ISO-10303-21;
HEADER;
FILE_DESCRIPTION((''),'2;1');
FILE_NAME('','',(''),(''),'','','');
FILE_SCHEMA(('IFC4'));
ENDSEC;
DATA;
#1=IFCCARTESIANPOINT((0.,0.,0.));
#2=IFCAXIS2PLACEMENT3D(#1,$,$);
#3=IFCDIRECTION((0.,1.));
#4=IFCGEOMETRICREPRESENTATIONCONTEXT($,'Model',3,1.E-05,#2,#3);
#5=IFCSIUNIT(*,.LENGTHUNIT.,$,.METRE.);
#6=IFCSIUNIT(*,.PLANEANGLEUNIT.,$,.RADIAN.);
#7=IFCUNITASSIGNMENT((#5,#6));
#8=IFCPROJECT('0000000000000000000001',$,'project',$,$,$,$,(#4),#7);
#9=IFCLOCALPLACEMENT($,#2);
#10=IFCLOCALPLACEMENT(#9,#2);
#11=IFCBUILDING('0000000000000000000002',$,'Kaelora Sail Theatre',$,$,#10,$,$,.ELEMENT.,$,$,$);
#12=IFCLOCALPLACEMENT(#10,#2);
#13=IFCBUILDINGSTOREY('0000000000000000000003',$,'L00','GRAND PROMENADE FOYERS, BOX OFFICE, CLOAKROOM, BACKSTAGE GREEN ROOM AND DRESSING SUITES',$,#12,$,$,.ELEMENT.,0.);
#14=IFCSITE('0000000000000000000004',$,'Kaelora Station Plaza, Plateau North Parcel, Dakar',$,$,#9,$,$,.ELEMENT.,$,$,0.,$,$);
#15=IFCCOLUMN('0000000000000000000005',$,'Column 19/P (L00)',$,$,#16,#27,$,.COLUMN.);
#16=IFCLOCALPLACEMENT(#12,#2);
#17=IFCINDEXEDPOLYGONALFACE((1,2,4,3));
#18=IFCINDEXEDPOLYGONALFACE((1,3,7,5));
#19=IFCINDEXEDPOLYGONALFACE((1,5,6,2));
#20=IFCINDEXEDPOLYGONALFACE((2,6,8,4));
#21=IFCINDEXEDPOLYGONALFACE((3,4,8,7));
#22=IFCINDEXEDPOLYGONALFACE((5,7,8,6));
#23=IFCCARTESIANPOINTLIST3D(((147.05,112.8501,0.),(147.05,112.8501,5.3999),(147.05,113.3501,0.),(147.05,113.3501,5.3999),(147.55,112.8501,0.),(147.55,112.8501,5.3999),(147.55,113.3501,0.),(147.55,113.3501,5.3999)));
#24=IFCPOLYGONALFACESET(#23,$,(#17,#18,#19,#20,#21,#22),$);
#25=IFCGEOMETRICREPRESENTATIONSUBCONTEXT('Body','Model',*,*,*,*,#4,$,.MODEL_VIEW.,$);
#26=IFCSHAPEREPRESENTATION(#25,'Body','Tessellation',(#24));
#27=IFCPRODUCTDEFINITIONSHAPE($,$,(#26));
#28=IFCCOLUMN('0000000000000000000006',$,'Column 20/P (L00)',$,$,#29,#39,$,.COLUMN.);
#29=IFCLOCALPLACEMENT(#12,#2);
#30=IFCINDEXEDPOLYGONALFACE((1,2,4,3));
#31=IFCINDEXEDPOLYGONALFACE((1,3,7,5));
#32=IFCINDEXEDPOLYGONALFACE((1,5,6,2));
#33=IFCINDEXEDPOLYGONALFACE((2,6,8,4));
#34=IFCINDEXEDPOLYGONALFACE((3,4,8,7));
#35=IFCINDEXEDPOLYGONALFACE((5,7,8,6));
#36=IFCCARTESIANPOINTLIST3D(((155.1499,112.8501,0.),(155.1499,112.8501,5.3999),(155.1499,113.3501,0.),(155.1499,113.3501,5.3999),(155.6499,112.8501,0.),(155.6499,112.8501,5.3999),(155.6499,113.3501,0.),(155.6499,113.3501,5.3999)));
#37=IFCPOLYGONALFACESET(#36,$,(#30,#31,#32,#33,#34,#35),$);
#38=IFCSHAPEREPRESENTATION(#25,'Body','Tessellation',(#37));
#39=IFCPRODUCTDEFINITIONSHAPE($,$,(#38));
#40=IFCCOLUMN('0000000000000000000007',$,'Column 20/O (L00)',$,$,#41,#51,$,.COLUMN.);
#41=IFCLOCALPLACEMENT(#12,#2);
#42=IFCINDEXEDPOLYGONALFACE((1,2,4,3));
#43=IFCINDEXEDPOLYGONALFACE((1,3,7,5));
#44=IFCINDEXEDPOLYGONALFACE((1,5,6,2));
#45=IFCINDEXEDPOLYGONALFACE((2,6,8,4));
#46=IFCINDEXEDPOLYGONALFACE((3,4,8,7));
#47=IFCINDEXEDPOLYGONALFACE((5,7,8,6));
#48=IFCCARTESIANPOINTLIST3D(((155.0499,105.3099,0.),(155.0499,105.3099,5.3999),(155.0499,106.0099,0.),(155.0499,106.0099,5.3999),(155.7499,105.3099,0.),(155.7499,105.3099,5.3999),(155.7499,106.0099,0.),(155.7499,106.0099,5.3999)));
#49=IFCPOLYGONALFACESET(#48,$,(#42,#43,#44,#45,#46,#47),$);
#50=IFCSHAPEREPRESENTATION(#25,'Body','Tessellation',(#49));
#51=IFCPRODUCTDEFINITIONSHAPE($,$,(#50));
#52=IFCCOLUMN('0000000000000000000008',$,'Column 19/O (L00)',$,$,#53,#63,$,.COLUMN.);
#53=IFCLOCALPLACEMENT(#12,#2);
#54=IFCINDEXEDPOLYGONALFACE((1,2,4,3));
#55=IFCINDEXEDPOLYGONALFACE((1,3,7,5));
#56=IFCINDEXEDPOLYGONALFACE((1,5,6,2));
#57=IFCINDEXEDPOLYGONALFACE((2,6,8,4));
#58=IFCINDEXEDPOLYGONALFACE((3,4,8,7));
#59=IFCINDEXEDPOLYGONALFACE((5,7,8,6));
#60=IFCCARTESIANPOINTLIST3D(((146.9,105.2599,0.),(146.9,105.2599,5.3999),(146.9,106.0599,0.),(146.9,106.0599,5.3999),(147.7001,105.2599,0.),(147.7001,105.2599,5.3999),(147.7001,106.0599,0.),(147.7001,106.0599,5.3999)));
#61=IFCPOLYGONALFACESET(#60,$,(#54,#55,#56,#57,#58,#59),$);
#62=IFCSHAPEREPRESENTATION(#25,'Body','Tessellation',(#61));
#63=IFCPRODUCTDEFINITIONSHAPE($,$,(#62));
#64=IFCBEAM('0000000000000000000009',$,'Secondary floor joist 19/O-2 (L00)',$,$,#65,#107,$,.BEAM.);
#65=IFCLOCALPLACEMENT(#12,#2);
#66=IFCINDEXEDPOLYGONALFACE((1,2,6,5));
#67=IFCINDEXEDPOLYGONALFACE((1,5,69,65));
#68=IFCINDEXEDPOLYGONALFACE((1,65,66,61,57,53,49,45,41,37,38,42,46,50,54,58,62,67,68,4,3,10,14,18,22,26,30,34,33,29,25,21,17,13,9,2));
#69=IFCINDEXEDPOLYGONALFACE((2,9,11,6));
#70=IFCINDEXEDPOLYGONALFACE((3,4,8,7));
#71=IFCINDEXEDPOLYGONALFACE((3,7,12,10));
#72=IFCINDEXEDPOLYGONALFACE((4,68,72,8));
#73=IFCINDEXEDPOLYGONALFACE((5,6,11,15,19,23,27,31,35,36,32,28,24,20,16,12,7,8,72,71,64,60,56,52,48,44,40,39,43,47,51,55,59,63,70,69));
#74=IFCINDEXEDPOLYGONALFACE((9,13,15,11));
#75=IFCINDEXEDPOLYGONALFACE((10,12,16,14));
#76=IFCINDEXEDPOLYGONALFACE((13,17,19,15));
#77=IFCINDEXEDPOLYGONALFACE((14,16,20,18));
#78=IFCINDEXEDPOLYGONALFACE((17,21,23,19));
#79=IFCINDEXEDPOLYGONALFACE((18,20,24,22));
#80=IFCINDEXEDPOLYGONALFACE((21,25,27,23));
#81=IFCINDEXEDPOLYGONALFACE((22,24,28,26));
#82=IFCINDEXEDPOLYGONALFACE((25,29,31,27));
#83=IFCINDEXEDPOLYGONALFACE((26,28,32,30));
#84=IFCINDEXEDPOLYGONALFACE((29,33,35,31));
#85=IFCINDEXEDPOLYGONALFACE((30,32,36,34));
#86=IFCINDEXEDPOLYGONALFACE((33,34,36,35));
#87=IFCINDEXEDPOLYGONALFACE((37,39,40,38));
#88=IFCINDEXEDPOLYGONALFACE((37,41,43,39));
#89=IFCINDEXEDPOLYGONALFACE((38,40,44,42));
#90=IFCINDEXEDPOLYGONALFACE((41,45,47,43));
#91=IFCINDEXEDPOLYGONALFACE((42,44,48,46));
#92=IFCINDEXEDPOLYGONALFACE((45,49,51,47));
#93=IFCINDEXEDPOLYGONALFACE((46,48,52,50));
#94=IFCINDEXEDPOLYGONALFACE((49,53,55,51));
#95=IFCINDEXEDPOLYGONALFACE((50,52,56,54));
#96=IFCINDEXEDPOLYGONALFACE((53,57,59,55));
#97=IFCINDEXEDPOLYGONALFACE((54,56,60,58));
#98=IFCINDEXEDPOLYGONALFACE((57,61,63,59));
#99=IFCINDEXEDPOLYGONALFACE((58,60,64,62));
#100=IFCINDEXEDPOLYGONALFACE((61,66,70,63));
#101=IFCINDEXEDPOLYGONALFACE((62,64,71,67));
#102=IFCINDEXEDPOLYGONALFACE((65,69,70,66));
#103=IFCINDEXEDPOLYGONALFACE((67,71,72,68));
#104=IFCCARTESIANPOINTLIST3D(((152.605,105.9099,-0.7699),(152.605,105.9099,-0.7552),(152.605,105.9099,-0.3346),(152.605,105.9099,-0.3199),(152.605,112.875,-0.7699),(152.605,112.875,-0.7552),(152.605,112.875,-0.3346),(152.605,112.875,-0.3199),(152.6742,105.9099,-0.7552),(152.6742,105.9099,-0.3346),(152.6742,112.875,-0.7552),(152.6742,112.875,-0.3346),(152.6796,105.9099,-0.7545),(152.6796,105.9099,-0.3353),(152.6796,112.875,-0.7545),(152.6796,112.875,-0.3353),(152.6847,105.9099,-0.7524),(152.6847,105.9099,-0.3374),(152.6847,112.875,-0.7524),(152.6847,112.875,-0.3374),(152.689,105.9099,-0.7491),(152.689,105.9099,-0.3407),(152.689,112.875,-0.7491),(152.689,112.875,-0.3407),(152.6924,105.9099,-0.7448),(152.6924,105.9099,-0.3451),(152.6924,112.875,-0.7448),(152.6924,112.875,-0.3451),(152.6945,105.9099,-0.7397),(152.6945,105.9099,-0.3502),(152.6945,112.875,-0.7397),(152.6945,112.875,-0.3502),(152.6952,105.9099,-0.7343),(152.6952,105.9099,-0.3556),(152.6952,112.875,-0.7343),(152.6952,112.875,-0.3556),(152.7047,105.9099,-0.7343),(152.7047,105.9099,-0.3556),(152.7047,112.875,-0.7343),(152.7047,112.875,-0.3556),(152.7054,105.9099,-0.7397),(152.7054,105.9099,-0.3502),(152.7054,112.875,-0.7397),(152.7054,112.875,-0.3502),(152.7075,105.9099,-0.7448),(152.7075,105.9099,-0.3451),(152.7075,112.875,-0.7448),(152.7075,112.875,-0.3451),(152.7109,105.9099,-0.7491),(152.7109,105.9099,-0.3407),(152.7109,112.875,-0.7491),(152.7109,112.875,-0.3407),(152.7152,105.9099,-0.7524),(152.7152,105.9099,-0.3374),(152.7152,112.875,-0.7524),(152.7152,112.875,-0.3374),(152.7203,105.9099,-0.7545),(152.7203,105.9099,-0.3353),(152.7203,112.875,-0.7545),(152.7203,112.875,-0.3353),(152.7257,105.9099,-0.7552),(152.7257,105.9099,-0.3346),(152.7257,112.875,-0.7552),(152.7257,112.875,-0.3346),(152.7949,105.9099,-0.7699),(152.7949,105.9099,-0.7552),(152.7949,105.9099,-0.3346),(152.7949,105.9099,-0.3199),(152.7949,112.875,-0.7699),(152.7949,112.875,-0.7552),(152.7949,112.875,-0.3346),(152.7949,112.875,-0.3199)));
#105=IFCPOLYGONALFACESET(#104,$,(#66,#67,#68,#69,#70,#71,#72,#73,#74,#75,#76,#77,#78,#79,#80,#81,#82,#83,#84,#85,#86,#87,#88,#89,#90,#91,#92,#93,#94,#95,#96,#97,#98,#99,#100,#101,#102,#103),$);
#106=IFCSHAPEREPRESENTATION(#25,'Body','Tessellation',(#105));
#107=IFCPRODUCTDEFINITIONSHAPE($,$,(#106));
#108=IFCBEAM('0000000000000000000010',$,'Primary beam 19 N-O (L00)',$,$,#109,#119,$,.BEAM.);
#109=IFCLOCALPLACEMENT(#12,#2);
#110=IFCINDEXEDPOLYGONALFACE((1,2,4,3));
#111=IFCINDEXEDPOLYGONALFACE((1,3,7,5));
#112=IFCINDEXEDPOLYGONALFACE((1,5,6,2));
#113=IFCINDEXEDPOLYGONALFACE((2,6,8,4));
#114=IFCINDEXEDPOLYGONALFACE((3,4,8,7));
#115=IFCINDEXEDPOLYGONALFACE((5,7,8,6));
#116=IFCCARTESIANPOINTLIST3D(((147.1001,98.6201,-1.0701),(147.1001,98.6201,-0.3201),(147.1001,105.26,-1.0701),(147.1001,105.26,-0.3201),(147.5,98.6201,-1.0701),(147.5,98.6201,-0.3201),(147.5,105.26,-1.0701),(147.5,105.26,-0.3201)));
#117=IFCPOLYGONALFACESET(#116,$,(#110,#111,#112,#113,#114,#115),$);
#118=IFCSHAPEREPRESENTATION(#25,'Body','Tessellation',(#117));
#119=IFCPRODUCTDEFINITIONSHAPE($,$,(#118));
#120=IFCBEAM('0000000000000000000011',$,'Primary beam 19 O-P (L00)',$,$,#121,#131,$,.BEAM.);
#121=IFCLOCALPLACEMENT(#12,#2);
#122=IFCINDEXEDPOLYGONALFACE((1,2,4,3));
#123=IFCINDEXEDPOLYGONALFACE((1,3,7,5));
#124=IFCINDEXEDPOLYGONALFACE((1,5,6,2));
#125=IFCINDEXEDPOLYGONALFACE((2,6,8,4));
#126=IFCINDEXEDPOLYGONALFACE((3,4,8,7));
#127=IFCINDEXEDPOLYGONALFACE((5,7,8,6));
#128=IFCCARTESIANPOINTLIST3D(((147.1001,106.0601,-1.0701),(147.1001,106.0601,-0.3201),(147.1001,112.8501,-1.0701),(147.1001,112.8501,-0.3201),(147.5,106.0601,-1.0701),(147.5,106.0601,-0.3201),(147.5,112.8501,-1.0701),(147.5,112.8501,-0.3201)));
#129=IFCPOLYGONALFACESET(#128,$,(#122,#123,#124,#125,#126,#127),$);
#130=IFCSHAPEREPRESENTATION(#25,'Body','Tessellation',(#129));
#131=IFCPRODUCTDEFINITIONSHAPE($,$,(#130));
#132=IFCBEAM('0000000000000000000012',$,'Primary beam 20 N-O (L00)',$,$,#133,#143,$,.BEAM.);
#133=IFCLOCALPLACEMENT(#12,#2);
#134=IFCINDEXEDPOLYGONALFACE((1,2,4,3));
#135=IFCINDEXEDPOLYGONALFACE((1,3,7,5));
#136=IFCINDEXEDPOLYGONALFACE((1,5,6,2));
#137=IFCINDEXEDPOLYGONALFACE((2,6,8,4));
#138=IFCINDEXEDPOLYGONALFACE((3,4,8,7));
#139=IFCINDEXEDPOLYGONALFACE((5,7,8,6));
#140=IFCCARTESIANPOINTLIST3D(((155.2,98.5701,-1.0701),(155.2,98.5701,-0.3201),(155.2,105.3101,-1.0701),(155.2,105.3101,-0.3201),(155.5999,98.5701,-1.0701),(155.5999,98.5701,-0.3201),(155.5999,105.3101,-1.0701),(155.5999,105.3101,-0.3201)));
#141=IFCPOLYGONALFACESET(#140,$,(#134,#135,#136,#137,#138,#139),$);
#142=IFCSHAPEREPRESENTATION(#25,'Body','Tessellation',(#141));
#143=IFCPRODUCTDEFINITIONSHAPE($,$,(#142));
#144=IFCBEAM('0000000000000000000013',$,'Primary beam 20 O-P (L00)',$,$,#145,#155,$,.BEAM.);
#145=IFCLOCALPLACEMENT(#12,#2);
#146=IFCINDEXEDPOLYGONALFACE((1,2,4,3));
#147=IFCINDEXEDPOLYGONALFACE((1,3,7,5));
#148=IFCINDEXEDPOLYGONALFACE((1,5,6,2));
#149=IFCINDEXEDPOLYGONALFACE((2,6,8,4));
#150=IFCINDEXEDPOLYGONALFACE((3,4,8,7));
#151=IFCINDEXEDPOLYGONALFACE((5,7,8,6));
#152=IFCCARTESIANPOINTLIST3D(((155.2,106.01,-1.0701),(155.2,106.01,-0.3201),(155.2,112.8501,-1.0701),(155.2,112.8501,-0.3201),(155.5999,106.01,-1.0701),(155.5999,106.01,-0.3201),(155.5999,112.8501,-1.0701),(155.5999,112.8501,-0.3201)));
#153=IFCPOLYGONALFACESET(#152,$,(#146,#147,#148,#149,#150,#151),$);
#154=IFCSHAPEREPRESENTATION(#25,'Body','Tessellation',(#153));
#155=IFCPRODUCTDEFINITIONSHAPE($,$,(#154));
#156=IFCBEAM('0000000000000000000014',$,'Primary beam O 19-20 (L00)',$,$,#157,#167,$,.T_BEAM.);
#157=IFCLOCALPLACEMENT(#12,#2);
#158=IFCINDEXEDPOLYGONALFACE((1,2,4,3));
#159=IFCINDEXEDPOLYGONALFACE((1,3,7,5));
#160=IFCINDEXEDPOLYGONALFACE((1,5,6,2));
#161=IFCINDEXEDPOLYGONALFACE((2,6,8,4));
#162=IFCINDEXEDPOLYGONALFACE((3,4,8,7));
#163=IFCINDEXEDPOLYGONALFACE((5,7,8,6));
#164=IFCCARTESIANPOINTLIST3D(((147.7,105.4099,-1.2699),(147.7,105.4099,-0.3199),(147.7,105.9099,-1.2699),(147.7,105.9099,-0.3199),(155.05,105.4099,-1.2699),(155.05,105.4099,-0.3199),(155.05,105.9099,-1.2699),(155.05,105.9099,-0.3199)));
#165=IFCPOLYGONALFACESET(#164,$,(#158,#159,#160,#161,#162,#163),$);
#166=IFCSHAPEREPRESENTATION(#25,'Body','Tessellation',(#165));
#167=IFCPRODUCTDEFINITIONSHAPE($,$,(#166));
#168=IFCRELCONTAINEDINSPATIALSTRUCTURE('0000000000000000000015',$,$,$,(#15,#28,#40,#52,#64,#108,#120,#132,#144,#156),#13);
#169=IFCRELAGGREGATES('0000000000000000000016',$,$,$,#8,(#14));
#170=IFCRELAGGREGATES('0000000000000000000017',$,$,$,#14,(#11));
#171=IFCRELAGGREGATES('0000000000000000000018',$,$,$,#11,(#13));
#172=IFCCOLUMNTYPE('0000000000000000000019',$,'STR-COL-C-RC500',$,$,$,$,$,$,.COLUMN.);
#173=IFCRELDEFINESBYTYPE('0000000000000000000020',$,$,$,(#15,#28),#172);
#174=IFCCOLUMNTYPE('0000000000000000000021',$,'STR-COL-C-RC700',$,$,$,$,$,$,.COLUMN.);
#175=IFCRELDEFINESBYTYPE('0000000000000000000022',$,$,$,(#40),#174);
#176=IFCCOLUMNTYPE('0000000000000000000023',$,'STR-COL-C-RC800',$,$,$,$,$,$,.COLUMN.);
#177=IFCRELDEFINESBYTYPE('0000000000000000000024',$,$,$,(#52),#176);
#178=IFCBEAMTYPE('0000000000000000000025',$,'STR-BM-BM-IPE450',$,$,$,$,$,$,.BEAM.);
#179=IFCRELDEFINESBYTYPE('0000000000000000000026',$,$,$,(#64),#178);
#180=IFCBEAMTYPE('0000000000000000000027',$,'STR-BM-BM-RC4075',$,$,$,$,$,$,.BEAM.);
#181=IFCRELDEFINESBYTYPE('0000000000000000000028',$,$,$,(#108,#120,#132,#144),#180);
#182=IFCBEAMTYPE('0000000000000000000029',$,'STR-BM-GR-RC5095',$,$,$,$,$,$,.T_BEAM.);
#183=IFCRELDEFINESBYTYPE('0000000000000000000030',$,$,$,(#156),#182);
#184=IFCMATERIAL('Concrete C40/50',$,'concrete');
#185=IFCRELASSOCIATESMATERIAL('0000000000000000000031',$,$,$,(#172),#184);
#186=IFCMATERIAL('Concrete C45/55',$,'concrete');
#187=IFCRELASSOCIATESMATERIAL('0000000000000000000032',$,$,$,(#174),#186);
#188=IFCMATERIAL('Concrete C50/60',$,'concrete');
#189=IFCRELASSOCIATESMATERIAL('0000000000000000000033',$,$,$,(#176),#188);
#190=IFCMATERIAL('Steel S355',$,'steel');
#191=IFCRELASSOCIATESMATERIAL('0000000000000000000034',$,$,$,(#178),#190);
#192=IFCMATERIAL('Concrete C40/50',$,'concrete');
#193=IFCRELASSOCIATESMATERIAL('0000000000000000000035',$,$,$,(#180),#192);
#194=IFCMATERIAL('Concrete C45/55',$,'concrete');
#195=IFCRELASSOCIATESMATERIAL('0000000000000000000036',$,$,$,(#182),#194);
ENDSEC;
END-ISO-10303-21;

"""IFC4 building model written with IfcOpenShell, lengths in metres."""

from ifc_helpers import new_model, si_unit, direction, frame, origin, origin_2d, place, context, subcontext, project, spatial, rectangle, i_section, extrude, material, material_profile, profile_set, type_object, element, save


model = new_model("IFC4")

# Units and contexts
model_context = context("Model", 3, precision=1e-05, world=origin(), true_north=direction((0.0, 1.0)))
body_context = subcontext(model_context, "Body", "Model", "MODEL_VIEW")
ifc_project = project(units=[si_unit("LENGTHUNIT", "METRE"), si_unit("PLANEANGLEUNIT", "RADIAN")], contexts=[model_context])

# Site, building, storey
site_placement = place(None, origin())
site = spatial("IfcSite", under=ifc_project, at=site_placement, Name="Kaelora Station Plaza, Plateau North Parcel, Dakar", CompositionType="ELEMENT", RefElevation=0.0)
building_placement = place(site_placement, origin())
building = spatial("IfcBuilding", under=site, at=building_placement, Name="Kaelora Sail Theatre", CompositionType="ELEMENT")
storey_placement = place(building_placement, origin())
storey = spatial("IfcBuildingStorey", under=building, at=storey_placement, Name="L00", Description="GRAND PROMENADE FOYERS, BOX OFFICE, CLOAKROOM, BACKSTAGE GREEN ROOM AND DRESSING SUITES", CompositionType="ELEMENT", Elevation=0.0)

# Columns
ifc_material_1 = material(Name="Concrete C40/50", Category="concrete")
ifc_material_profile_1 = material_profile(ifc_material_1, rectangle(XDim=0.5, YDim=0.5, at=origin_2d()), Name="RC-COL 500x500")
ifc_profile_set_1 = profile_set([ifc_material_profile_1], Name="Concrete C40/50")
column_type_1 = type_object("IfcColumnType", Name="STR-COL-C-RC500", PredefinedType="COLUMN", material=ifc_profile_set_1)
for number, where, z_axis, x_axis, name in (
    (1, (147.3, 113.1001, 0.0), (0.0, 0.0, 1.0), (1.0, 0.0, 0.0), "Column 19/P (L00)"),
    (2, (155.3999, 113.1001, 0.0), (0.0, 0.0, 1.0), (1.0, 0.0, 0.0), "Column 20/P (L00)"),
):
    element("IfcColumn", number, at=place(storey_placement, frame(where, z_axis=z_axis, x_axis=x_axis)), inside=storey, type_object=column_type_1, Name=name, PredefinedType="COLUMN", context=body_context, shape_type="SweptSolid", body=[
        extrude(rectangle(XDim=0.5, YDim=0.5, at=origin_2d()), origin(), (0.0, 0.0, 1.0), 5.3999),
    ])
ifc_material_2 = material(Name="Concrete C45/55", Category="concrete")
ifc_material_profile_2 = material_profile(ifc_material_2, rectangle(XDim=0.7, YDim=0.7, at=origin_2d()), Name="RC-COL 700x700")
ifc_profile_set_2 = profile_set([ifc_material_profile_2], Name="Concrete C45/55")
column_type_2 = type_object("IfcColumnType", Name="STR-COL-C-RC700", PredefinedType="COLUMN", material=ifc_profile_set_2)
column_1_placement = place(storey_placement, frame((155.3999, 105.6599, 0.0), z_axis=(0.0, 0.0, 1.0), x_axis=(1.0, 0.0, 0.0)))
element("IfcColumn", 3, at=column_1_placement, inside=storey, type_object=column_type_2, Name="Column 20/O (L00)", PredefinedType="COLUMN", context=body_context, shape_type="SweptSolid", body=[
    extrude(rectangle(XDim=0.7, YDim=0.7, at=origin_2d()), origin(), (0.0, 0.0, 1.0), 5.3999),
])
ifc_material_3 = material(Name="Concrete C50/60", Category="concrete")
ifc_material_profile_3 = material_profile(ifc_material_3, rectangle(XDim=0.8, YDim=0.8, at=origin_2d()), Name="RC-COL 800x800")
ifc_profile_set_3 = profile_set([ifc_material_profile_3], Name="Concrete C50/60")
column_type_3 = type_object("IfcColumnType", Name="STR-COL-C-RC800", PredefinedType="COLUMN", material=ifc_profile_set_3)
column_2_placement = place(storey_placement, frame((147.3, 105.6599, 0.0), z_axis=(0.0, 0.0, 1.0), x_axis=(1.0, 0.0, 0.0)))
element("IfcColumn", 4, at=column_2_placement, inside=storey, type_object=column_type_3, Name="Column 19/O (L00)", PredefinedType="COLUMN", context=body_context, shape_type="SweptSolid", body=[
    extrude(rectangle(XDim=0.8, YDim=0.8, at=origin_2d()), origin(), (0.0, 0.0, 1.0), 5.3999),
])

# Beams
ifc_material_4 = material(Name="Steel S355", Category="steel")
ifc_material_profile_4 = material_profile(ifc_material_4, i_section(OverallWidth=0.1899, OverallDepth=0.45, WebThickness=0.0095, FlangeThickness=0.0146, FilletRadius=0.021, at=origin_2d()), Name="IPE 450")
ifc_profile_set_4 = profile_set([ifc_material_profile_4], Name="Steel S355")
beam_type_1 = type_object("IfcBeamType", Name="STR-BM-BM-IPE450", PredefinedType="BEAM", material=ifc_profile_set_4)
beam_1_placement = place(storey_placement, frame((152.7, 105.9099, -0.5449), z_axis=(0.0, 1.0, 0.0), x_axis=(-1.0, 0.0, 0.0)))
element("IfcBeam", 5, at=beam_1_placement, inside=storey, type_object=beam_type_1, Name="Secondary floor joist 19/O-2 (L00)", PredefinedType="BEAM", context=body_context, shape_type="SweptSolid", body=[
    extrude(i_section(OverallWidth=0.1899, OverallDepth=0.45, WebThickness=0.0095, FlangeThickness=0.0146, FilletRadius=0.021, at=origin_2d()), origin(), (0.0, 0.0, 1.0), 6.9651),
])
ifc_material_5 = material(Name="Concrete C40/50", Category="concrete")
ifc_material_profile_5 = material_profile(ifc_material_5, rectangle(XDim=0.3999, YDim=0.75, at=origin_2d()), Name="RC-BM 400x750")
ifc_profile_set_5 = profile_set([ifc_material_profile_5], Name="Concrete C40/50")
beam_type_2 = type_object("IfcBeamType", Name="STR-BM-BM-RC4075", PredefinedType="BEAM", material=ifc_profile_set_5)
beam_2_placement = place(storey_placement, frame((147.3, 98.6201, -0.6951), z_axis=(0.0, 1.0, 0.0), x_axis=(-1.0, 0.0, 0.0)))
element("IfcBeam", 6, at=beam_2_placement, inside=storey, type_object=beam_type_2, Name="Primary beam 19 N-O (L00)", PredefinedType="BEAM", context=body_context, shape_type="SweptSolid", body=[
    extrude(rectangle(XDim=0.3999, YDim=0.75, at=origin_2d()), origin(), (0.0, 0.0, 1.0), 6.6399),
])
beam_3_placement = place(storey_placement, frame((147.3, 106.0601, -0.6951), z_axis=(0.0, 1.0, 0.0), x_axis=(-1.0, 0.0, 0.0)))
element("IfcBeam", 7, at=beam_3_placement, inside=storey, type_object=beam_type_2, Name="Primary beam 19 O-P (L00)", PredefinedType="BEAM", context=body_context, shape_type="SweptSolid", body=[
    extrude(rectangle(XDim=0.3999, YDim=0.75, at=origin_2d()), origin(), (0.0, 0.0, 1.0), 6.79),
])
beam_4_placement = place(storey_placement, frame((155.3999, 98.5701, -0.6951), z_axis=(0.0, 1.0, 0.0), x_axis=(-1.0, 0.0, 0.0)))
element("IfcBeam", 8, at=beam_4_placement, inside=storey, type_object=beam_type_2, Name="Primary beam 20 N-O (L00)", PredefinedType="BEAM", context=body_context, shape_type="SweptSolid", body=[
    extrude(rectangle(XDim=0.3999, YDim=0.75, at=origin_2d()), origin(), (0.0, 0.0, 1.0), 6.74),
])
beam_5_placement = place(storey_placement, frame((155.3999, 106.01, -0.6951), z_axis=(0.0, 1.0, 0.0), x_axis=(-1.0, 0.0, 0.0)))
element("IfcBeam", 9, at=beam_5_placement, inside=storey, type_object=beam_type_2, Name="Primary beam 20 O-P (L00)", PredefinedType="BEAM", context=body_context, shape_type="SweptSolid", body=[
    extrude(rectangle(XDim=0.3999, YDim=0.75, at=origin_2d()), origin(), (0.0, 0.0, 1.0), 6.8401),
])
ifc_material_6 = material(Name="Concrete C45/55", Category="concrete")
ifc_material_profile_6 = material_profile(ifc_material_6, rectangle(XDim=0.5, YDim=0.95, at=origin_2d()), Name="RC-GRD 500x950")
ifc_profile_set_6 = profile_set([ifc_material_profile_6], Name="Concrete C45/55")
beam_type_3 = type_object("IfcBeamType", Name="STR-BM-GR-RC5095", PredefinedType="T_BEAM", material=ifc_profile_set_6)
beam_6_placement = place(storey_placement, frame((147.7, 105.6599, -0.7949), z_axis=(1.0, 0.0, 0.0), x_axis=(0.0, 1.0, 0.0)))
element("IfcBeam", 10, at=beam_6_placement, inside=storey, type_object=beam_type_3, Name="Primary beam O 19-20 (L00)", PredefinedType="T_BEAM", context=body_context, shape_type="SweptSolid", body=[
    extrude(rectangle(XDim=0.5, YDim=0.95, at=origin_2d()), origin(), (0.0, 0.0, 1.0), 7.3501),
])

save(model, "model.ifc")
